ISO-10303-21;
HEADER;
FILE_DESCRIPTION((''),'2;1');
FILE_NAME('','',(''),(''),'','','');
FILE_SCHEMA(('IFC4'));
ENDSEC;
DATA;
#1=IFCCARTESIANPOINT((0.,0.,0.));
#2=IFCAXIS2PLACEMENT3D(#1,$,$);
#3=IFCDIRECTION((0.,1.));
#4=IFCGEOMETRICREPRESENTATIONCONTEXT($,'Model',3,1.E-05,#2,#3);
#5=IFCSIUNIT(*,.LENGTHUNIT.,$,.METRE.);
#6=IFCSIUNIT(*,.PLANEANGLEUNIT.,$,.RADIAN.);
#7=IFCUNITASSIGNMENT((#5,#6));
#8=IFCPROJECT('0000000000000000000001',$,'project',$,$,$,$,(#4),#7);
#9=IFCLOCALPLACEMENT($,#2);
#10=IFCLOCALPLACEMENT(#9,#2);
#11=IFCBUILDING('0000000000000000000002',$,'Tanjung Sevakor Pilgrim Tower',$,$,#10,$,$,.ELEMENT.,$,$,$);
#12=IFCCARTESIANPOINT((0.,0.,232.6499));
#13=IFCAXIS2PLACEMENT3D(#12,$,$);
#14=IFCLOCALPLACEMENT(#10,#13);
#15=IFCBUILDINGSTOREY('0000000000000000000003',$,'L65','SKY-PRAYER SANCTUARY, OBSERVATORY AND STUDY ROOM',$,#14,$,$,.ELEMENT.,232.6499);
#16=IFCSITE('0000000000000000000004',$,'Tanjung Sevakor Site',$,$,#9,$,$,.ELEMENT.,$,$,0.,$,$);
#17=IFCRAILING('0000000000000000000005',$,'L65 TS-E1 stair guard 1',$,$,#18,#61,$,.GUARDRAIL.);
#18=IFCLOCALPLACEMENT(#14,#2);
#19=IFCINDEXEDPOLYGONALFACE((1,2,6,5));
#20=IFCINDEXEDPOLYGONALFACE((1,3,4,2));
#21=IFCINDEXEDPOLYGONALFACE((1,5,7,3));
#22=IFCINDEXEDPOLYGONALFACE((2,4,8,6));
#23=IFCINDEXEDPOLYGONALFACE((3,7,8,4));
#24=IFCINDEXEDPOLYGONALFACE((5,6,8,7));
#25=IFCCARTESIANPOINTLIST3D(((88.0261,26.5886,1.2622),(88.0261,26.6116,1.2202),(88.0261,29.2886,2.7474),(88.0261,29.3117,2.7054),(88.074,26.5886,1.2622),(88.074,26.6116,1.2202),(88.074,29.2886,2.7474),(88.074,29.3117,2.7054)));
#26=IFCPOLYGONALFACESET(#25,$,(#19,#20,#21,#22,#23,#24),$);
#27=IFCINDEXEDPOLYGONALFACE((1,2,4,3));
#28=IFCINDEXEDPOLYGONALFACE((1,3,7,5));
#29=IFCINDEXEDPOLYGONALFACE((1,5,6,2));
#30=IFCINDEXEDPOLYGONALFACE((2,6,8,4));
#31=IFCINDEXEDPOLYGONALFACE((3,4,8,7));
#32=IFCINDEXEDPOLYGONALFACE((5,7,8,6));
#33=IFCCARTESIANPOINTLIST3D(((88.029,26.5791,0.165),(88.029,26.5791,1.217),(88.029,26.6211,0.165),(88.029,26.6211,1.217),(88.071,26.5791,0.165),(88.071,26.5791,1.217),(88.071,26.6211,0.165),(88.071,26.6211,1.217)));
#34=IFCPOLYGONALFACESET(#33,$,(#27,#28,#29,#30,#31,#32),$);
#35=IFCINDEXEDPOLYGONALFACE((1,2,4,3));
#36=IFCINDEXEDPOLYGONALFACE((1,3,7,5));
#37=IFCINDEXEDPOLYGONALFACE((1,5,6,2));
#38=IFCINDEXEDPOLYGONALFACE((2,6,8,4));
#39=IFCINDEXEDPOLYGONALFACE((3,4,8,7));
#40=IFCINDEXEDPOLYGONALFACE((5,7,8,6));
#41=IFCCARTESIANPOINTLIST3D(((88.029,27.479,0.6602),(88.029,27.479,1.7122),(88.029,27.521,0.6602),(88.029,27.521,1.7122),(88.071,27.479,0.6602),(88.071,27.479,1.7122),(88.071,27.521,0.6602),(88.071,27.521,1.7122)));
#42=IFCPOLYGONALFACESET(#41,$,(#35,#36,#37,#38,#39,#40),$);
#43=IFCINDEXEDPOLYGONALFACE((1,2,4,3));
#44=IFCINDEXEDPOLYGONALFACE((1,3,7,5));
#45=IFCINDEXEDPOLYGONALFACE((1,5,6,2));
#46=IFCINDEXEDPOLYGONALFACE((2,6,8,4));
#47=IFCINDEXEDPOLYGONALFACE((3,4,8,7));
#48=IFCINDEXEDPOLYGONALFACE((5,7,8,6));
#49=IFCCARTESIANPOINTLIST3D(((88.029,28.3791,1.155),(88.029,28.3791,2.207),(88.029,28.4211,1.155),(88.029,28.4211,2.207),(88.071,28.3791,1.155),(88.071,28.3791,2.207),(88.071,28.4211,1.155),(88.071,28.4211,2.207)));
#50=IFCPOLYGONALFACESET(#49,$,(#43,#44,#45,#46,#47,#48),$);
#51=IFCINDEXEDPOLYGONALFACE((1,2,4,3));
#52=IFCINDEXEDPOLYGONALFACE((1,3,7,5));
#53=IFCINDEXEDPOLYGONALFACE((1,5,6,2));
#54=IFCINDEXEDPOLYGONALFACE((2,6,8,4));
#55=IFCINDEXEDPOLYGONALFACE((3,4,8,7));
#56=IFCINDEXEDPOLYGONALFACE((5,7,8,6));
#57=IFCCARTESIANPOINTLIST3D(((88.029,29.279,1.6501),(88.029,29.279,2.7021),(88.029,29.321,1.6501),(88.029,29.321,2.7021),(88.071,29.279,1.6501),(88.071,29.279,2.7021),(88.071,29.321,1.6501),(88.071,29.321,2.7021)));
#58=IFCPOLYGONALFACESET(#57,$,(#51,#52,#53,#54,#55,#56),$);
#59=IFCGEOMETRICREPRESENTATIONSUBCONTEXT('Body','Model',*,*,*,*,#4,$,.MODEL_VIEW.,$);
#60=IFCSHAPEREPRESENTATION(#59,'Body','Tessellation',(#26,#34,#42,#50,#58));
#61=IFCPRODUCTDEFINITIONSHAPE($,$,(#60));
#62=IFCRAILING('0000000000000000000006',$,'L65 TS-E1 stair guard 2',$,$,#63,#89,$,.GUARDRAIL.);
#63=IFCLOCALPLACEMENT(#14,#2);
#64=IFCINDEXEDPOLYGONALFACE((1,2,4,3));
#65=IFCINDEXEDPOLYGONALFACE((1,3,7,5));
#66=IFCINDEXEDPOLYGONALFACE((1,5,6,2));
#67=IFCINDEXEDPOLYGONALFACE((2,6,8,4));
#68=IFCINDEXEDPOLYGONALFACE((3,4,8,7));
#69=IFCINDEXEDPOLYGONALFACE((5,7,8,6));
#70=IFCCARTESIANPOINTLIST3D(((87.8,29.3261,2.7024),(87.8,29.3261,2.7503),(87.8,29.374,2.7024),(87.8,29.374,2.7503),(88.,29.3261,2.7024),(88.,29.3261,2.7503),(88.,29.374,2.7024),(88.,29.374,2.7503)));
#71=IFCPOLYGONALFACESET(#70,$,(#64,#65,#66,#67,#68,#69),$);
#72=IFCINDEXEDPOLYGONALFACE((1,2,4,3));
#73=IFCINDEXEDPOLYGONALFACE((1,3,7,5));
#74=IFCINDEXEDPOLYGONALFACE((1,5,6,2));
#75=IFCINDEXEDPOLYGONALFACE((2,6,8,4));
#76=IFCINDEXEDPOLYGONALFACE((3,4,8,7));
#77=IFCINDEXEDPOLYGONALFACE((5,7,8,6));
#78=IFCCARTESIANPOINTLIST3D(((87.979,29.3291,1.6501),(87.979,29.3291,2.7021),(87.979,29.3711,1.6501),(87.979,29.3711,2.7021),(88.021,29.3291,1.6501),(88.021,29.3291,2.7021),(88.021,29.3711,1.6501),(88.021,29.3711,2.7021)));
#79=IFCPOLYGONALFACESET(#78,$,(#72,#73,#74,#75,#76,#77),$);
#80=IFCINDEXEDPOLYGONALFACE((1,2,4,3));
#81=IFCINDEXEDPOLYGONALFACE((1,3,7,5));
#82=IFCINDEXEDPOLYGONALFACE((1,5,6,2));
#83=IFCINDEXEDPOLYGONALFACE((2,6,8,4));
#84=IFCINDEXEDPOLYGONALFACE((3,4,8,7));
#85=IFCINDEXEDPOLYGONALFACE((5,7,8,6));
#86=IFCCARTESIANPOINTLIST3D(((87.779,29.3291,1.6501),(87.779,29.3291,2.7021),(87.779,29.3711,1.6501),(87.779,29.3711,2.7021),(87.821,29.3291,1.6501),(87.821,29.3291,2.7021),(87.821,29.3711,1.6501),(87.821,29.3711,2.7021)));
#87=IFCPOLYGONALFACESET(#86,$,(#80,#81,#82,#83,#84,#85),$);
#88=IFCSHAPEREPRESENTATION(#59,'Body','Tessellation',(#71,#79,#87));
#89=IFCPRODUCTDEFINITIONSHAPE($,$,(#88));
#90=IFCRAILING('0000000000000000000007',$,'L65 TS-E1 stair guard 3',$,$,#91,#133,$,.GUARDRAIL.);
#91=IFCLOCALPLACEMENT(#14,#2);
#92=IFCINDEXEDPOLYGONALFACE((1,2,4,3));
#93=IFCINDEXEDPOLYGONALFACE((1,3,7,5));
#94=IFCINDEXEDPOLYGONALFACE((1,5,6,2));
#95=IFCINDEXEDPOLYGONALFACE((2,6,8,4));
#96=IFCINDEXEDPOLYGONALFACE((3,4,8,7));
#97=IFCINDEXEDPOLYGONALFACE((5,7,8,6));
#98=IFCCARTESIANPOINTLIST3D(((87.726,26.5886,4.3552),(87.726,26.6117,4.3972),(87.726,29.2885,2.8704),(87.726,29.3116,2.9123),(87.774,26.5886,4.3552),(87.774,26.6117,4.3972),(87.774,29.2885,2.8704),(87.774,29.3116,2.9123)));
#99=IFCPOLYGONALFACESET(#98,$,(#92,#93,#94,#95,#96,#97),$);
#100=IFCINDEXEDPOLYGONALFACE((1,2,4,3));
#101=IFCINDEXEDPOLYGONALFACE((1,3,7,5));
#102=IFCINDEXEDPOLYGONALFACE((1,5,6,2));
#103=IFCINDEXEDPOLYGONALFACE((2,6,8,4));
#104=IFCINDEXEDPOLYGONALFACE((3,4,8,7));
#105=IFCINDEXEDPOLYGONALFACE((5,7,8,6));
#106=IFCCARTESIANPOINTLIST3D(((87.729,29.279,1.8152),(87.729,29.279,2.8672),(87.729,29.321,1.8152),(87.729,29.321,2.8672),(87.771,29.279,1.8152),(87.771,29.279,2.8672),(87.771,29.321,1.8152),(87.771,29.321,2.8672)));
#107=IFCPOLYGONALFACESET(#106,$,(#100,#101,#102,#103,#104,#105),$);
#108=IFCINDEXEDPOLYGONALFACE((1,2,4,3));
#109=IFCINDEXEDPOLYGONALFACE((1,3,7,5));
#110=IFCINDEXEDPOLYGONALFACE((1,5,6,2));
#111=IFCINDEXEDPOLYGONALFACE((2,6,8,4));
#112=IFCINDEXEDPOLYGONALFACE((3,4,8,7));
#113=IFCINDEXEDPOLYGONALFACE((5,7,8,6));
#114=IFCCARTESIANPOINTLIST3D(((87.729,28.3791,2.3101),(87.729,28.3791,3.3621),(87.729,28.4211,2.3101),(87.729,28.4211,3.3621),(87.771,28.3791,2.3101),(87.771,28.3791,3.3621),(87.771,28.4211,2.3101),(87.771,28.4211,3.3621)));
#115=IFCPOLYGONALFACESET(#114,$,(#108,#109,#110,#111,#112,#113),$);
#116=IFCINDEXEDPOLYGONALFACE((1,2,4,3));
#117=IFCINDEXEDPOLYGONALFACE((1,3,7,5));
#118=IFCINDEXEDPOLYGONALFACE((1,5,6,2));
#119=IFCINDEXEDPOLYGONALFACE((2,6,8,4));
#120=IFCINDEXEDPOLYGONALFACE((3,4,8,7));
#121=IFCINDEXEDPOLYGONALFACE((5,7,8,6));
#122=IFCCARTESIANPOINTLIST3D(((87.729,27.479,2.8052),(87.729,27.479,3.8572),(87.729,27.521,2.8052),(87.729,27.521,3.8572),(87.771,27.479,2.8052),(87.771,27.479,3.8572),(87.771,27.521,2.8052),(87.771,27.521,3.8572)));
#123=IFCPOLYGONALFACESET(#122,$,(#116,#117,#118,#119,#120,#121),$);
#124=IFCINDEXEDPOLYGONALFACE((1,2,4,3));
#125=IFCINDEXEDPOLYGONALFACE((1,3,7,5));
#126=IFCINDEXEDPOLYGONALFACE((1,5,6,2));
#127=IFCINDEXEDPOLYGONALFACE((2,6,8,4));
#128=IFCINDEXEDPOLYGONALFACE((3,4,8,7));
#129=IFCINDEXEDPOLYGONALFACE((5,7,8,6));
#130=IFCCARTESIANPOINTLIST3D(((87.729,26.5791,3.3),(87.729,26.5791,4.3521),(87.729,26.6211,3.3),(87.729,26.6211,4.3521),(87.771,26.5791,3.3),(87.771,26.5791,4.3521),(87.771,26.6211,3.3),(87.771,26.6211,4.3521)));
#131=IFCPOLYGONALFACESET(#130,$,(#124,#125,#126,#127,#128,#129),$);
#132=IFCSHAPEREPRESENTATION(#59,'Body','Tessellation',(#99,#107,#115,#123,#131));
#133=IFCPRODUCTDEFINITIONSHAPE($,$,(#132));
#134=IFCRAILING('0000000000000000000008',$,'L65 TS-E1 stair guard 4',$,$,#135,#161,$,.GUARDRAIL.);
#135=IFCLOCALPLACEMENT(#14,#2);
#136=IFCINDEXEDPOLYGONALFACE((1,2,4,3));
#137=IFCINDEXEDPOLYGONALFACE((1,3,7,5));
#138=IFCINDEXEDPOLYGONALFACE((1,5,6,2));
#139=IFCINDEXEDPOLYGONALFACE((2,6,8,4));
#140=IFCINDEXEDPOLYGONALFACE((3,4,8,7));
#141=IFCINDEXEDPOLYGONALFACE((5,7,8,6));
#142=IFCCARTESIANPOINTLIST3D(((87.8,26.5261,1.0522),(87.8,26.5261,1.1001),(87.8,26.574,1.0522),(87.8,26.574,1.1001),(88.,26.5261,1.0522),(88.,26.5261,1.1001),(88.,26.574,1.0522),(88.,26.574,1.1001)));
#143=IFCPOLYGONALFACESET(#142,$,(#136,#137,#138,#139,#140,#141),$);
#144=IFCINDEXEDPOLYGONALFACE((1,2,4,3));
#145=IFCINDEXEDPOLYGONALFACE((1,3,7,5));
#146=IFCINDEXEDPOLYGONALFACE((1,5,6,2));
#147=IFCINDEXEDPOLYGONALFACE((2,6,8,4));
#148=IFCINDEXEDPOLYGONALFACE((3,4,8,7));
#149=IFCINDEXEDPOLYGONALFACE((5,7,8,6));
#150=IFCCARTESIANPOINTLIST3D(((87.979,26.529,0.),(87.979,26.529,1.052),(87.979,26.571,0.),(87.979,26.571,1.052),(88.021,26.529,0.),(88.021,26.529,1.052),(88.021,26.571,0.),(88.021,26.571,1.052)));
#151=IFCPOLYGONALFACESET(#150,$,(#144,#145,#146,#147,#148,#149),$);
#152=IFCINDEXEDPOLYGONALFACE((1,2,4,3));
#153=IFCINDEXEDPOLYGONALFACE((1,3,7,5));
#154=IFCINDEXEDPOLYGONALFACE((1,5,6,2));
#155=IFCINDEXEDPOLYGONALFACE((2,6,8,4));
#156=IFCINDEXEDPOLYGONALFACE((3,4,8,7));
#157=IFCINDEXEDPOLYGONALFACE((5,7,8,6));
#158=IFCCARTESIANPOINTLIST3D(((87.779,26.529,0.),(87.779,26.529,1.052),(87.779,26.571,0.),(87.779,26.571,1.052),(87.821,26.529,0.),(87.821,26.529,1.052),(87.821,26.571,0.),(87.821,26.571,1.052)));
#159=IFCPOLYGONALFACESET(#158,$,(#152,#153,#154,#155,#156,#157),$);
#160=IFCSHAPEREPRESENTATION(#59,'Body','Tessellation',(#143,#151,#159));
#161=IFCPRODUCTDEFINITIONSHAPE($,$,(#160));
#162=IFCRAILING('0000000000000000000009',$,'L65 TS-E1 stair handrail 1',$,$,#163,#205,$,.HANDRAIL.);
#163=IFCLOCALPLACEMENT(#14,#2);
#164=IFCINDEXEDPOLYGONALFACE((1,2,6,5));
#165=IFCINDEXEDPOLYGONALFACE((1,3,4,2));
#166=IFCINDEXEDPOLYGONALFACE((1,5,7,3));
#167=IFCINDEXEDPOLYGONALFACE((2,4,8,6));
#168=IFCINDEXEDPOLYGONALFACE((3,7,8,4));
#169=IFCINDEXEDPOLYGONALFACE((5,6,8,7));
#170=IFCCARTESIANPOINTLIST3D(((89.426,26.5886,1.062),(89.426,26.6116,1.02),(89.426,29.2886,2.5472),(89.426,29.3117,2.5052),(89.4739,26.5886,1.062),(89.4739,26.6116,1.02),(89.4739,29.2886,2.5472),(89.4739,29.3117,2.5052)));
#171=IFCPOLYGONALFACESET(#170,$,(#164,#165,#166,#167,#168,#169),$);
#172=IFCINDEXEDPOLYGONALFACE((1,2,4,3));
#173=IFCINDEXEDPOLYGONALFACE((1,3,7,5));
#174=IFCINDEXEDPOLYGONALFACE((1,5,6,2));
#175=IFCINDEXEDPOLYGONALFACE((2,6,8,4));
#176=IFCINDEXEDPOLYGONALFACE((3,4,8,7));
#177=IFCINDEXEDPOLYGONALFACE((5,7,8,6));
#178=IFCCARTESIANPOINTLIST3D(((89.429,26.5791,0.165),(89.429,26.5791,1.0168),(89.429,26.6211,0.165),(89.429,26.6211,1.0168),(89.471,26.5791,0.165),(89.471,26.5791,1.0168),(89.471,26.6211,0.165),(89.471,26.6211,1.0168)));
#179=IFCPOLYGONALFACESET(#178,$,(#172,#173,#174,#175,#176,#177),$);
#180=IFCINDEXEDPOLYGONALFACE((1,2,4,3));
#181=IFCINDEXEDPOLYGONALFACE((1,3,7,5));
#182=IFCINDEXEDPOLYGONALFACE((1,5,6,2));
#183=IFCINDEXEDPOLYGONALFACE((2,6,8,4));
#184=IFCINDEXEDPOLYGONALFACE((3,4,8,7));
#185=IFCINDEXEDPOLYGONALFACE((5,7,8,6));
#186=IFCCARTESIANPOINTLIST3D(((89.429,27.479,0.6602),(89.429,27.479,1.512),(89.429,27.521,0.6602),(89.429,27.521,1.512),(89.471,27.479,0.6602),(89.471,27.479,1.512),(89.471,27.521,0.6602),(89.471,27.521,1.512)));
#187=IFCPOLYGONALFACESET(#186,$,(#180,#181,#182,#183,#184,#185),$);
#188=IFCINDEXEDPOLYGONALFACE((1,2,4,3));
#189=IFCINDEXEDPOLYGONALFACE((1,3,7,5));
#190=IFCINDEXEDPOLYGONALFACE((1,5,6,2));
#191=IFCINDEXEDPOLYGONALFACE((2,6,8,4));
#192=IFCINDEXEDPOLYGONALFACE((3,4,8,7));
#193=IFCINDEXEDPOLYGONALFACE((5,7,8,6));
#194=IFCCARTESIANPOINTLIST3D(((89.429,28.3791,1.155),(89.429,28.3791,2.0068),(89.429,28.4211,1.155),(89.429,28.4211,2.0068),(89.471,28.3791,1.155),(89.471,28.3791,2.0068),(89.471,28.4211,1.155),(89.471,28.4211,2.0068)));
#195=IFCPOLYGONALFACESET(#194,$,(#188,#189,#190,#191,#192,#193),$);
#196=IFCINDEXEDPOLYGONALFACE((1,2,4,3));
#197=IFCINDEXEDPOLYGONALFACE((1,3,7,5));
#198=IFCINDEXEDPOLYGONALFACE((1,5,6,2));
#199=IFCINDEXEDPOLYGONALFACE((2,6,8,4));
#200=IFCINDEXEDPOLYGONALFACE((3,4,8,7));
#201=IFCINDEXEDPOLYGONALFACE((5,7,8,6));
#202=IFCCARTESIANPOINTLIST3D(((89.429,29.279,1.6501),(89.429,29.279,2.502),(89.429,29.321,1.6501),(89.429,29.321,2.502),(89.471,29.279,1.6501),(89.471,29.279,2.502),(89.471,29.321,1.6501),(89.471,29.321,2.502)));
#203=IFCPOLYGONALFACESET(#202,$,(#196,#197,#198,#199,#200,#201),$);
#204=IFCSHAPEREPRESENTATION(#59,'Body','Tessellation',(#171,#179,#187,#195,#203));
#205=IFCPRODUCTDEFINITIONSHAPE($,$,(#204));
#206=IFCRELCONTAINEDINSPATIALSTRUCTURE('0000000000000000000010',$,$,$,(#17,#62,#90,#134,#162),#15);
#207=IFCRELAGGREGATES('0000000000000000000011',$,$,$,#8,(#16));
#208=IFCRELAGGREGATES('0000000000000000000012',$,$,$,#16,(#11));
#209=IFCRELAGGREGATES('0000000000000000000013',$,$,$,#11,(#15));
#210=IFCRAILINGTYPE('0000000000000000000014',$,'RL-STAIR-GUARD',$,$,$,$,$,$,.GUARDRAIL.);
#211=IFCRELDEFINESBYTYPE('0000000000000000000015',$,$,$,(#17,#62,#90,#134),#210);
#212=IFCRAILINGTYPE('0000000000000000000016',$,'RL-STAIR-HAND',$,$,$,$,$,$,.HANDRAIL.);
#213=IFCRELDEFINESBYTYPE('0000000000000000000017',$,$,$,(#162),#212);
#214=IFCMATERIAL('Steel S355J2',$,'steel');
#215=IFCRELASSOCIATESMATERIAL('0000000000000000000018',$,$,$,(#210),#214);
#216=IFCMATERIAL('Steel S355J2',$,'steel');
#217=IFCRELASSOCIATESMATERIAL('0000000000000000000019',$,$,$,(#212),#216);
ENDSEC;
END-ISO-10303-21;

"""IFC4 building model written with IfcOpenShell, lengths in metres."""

from ifc_helpers import new_model, si_unit, direction, frame, origin, place, context, subcontext, project, spatial, rectangle, extrude, material, type_object, element, save


model = new_model("IFC4")

# Units and contexts
model_context = context("Model", 3, precision=1e-05, world=origin(), true_north=direction((0.0, 1.0)))
body_context = subcontext(model_context, "Body", "Model", "MODEL_VIEW")
ifc_project = project(units=[si_unit("LENGTHUNIT", "METRE"), si_unit("PLANEANGLEUNIT", "RADIAN")], contexts=[model_context])

# Site, building, storey
site_placement = place(None, origin())
site = spatial("IfcSite", under=ifc_project, at=site_placement, Name="Tanjung Sevakor Site", CompositionType="ELEMENT", RefElevation=0.0)
building_placement = place(site_placement, origin())
building = spatial("IfcBuilding", under=site, at=building_placement, Name="Tanjung Sevakor Pilgrim Tower", CompositionType="ELEMENT")
storey_placement = place(building_placement, frame((0.0, 0.0, 232.6499)))
storey = spatial("IfcBuildingStorey", under=building, at=storey_placement, Name="L65", Description="SKY-PRAYER SANCTUARY, OBSERVATORY AND STUDY ROOM", CompositionType="ELEMENT", Elevation=232.6499)

# Railings
ifc_material_1 = material(Name="Steel S355J2", Category="steel")
railing_type_1 = type_object("IfcRailingType", Name="RL-STAIR-GUARD", PredefinedType="GUARDRAIL", material=ifc_material_1)
railing_1_placement = place(storey_placement, frame((88.05, 26.6001, 0.165)))
element("IfcRailing", 1, at=railing_1_placement, inside=storey, type_object=railing_type_1, Name="L65 TS-E1 stair guard 1", PredefinedType="GUARDRAIL", context=body_context, shape_type="SweptSolid", body=[
    extrude(rectangle(XDim=0.0479, YDim=0.0479), frame((0.0, 0.0, 1.0762), z_axis=(0.0, 0.876198, 0.481952), x_axis=(-1.0, 0.0, 0.0)), (0.0, 0.0, 1.0), 3.0815),
    extrude(rectangle(XDim=0.042, YDim=0.042), origin(), (0.0, 0.0, 1.0), 1.052),
    extrude(rectangle(XDim=0.042, YDim=0.042), frame((0.0, 0.8999, 0.4951)), (0.0, 0.0, 1.0), 1.052),
    extrude(rectangle(XDim=0.042, YDim=0.042), frame((0.0, 1.8, 0.99)), (0.0, 0.0, 1.0), 1.052),
    extrude(rectangle(XDim=0.042, YDim=0.042), frame((0.0, 2.7, 1.4851)), (0.0, 0.0, 1.0), 1.052),
])
railing_2_placement = place(storey_placement, frame((88.0, 29.3501, 1.6501)))
element("IfcRailing", 2, at=railing_2_placement, inside=storey, type_object=railing_type_1, Name="L65 TS-E1 stair guard 2", PredefinedType="GUARDRAIL", context=body_context, shape_type="SweptSolid", body=[
    extrude(rectangle(XDim=0.0479, YDim=0.0479), frame((0.0, 0.0, 1.0762), z_axis=(-1.0, 0.0, 0.0), x_axis=(0.0, -1.0, 0.0)), (0.0, 0.0, 1.0), 0.2),
    extrude(rectangle(XDim=0.042, YDim=0.042), origin(), (0.0, 0.0, 1.0), 1.052),
    extrude(rectangle(XDim=0.042, YDim=0.042), frame((-0.2, 0.0, 0.0)), (0.0, 0.0, 1.0), 1.052),
])
railing_3_placement = place(storey_placement, frame((87.75, 29.3, 1.8152)))
element("IfcRailing", 3, at=railing_3_placement, inside=storey, type_object=railing_type_1, Name="L65 TS-E1 stair guard 3", PredefinedType="GUARDRAIL", context=body_context, shape_type="SweptSolid", body=[
    extrude(rectangle(XDim=0.0479, YDim=0.0479), frame((0.0, 0.0, 1.0762), z_axis=(0.0, -0.876231, 0.481891), x_axis=(1.0, 0.0, 0.0)), (0.0, 0.0, 1.0), 3.0813),
    extrude(rectangle(XDim=0.042, YDim=0.042), origin(), (0.0, 0.0, 1.0), 1.052),
    extrude(rectangle(XDim=0.042, YDim=0.042), frame((0.0, -0.8999, 0.4949)), (0.0, 0.0, 1.0), 1.052),
    extrude(rectangle(XDim=0.042, YDim=0.042), frame((0.0, -1.8, 0.99)), (0.0, 0.0, 1.0), 1.052),
    extrude(rectangle(XDim=0.042, YDim=0.042), frame((0.0, -2.7, 1.4849)), (0.0, 0.0, 1.0), 1.052),
])
railing_4_placement = place(storey_placement, frame((88.0, 26.55, 0.0)))
element("IfcRailing", 4, at=railing_4_placement, inside=storey, type_object=railing_type_1, Name="L65 TS-E1 stair guard 4", PredefinedType="GUARDRAIL", context=body_context, shape_type="SweptSolid", body=[
    extrude(rectangle(XDim=0.0479, YDim=0.0479), frame((0.0, 0.0, 1.0762), z_axis=(-1.0, 0.0, 0.0), x_axis=(0.0, -1.0, 0.0)), (0.0, 0.0, 1.0), 0.2),
    extrude(rectangle(XDim=0.042, YDim=0.042), origin(), (0.0, 0.0, 1.0), 1.052),
    extrude(rectangle(XDim=0.042, YDim=0.042), frame((-0.2, 0.0, 0.0)), (0.0, 0.0, 1.0), 1.052),
])
ifc_material_2 = material(Name="Steel S355J2", Category="steel")
railing_type_2 = type_object("IfcRailingType", Name="RL-STAIR-HAND", PredefinedType="HANDRAIL", material=ifc_material_2)
railing_5_placement = place(storey_placement, frame((89.45, 26.6001, 0.165)))
element("IfcRailing", 5, at=railing_5_placement, inside=storey, type_object=railing_type_2, Name="L65 TS-E1 stair handrail 1", PredefinedType="HANDRAIL", context=body_context, shape_type="SweptSolid", body=[
    extrude(rectangle(XDim=0.0479, YDim=0.0479), frame((0.0, 0.0, 0.876), z_axis=(0.0, 0.876198, 0.481952), x_axis=(-1.0, 0.0, 0.0)), (0.0, 0.0, 1.0), 3.0815),
    extrude(rectangle(XDim=0.042, YDim=0.042), origin(), (0.0, 0.0, 1.0), 0.8518),
    extrude(rectangle(XDim=0.042, YDim=0.042), frame((0.0, 0.8999, 0.4951)), (0.0, 0.0, 1.0), 0.8518),
    extrude(rectangle(XDim=0.042, YDim=0.042), frame((0.0, 1.8, 0.99)), (0.0, 0.0, 1.0), 0.8518),
    extrude(rectangle(XDim=0.042, YDim=0.042), frame((0.0, 2.7, 1.4851)), (0.0, 0.0, 1.0), 0.8518),
])

save(model, "model.ifc")
